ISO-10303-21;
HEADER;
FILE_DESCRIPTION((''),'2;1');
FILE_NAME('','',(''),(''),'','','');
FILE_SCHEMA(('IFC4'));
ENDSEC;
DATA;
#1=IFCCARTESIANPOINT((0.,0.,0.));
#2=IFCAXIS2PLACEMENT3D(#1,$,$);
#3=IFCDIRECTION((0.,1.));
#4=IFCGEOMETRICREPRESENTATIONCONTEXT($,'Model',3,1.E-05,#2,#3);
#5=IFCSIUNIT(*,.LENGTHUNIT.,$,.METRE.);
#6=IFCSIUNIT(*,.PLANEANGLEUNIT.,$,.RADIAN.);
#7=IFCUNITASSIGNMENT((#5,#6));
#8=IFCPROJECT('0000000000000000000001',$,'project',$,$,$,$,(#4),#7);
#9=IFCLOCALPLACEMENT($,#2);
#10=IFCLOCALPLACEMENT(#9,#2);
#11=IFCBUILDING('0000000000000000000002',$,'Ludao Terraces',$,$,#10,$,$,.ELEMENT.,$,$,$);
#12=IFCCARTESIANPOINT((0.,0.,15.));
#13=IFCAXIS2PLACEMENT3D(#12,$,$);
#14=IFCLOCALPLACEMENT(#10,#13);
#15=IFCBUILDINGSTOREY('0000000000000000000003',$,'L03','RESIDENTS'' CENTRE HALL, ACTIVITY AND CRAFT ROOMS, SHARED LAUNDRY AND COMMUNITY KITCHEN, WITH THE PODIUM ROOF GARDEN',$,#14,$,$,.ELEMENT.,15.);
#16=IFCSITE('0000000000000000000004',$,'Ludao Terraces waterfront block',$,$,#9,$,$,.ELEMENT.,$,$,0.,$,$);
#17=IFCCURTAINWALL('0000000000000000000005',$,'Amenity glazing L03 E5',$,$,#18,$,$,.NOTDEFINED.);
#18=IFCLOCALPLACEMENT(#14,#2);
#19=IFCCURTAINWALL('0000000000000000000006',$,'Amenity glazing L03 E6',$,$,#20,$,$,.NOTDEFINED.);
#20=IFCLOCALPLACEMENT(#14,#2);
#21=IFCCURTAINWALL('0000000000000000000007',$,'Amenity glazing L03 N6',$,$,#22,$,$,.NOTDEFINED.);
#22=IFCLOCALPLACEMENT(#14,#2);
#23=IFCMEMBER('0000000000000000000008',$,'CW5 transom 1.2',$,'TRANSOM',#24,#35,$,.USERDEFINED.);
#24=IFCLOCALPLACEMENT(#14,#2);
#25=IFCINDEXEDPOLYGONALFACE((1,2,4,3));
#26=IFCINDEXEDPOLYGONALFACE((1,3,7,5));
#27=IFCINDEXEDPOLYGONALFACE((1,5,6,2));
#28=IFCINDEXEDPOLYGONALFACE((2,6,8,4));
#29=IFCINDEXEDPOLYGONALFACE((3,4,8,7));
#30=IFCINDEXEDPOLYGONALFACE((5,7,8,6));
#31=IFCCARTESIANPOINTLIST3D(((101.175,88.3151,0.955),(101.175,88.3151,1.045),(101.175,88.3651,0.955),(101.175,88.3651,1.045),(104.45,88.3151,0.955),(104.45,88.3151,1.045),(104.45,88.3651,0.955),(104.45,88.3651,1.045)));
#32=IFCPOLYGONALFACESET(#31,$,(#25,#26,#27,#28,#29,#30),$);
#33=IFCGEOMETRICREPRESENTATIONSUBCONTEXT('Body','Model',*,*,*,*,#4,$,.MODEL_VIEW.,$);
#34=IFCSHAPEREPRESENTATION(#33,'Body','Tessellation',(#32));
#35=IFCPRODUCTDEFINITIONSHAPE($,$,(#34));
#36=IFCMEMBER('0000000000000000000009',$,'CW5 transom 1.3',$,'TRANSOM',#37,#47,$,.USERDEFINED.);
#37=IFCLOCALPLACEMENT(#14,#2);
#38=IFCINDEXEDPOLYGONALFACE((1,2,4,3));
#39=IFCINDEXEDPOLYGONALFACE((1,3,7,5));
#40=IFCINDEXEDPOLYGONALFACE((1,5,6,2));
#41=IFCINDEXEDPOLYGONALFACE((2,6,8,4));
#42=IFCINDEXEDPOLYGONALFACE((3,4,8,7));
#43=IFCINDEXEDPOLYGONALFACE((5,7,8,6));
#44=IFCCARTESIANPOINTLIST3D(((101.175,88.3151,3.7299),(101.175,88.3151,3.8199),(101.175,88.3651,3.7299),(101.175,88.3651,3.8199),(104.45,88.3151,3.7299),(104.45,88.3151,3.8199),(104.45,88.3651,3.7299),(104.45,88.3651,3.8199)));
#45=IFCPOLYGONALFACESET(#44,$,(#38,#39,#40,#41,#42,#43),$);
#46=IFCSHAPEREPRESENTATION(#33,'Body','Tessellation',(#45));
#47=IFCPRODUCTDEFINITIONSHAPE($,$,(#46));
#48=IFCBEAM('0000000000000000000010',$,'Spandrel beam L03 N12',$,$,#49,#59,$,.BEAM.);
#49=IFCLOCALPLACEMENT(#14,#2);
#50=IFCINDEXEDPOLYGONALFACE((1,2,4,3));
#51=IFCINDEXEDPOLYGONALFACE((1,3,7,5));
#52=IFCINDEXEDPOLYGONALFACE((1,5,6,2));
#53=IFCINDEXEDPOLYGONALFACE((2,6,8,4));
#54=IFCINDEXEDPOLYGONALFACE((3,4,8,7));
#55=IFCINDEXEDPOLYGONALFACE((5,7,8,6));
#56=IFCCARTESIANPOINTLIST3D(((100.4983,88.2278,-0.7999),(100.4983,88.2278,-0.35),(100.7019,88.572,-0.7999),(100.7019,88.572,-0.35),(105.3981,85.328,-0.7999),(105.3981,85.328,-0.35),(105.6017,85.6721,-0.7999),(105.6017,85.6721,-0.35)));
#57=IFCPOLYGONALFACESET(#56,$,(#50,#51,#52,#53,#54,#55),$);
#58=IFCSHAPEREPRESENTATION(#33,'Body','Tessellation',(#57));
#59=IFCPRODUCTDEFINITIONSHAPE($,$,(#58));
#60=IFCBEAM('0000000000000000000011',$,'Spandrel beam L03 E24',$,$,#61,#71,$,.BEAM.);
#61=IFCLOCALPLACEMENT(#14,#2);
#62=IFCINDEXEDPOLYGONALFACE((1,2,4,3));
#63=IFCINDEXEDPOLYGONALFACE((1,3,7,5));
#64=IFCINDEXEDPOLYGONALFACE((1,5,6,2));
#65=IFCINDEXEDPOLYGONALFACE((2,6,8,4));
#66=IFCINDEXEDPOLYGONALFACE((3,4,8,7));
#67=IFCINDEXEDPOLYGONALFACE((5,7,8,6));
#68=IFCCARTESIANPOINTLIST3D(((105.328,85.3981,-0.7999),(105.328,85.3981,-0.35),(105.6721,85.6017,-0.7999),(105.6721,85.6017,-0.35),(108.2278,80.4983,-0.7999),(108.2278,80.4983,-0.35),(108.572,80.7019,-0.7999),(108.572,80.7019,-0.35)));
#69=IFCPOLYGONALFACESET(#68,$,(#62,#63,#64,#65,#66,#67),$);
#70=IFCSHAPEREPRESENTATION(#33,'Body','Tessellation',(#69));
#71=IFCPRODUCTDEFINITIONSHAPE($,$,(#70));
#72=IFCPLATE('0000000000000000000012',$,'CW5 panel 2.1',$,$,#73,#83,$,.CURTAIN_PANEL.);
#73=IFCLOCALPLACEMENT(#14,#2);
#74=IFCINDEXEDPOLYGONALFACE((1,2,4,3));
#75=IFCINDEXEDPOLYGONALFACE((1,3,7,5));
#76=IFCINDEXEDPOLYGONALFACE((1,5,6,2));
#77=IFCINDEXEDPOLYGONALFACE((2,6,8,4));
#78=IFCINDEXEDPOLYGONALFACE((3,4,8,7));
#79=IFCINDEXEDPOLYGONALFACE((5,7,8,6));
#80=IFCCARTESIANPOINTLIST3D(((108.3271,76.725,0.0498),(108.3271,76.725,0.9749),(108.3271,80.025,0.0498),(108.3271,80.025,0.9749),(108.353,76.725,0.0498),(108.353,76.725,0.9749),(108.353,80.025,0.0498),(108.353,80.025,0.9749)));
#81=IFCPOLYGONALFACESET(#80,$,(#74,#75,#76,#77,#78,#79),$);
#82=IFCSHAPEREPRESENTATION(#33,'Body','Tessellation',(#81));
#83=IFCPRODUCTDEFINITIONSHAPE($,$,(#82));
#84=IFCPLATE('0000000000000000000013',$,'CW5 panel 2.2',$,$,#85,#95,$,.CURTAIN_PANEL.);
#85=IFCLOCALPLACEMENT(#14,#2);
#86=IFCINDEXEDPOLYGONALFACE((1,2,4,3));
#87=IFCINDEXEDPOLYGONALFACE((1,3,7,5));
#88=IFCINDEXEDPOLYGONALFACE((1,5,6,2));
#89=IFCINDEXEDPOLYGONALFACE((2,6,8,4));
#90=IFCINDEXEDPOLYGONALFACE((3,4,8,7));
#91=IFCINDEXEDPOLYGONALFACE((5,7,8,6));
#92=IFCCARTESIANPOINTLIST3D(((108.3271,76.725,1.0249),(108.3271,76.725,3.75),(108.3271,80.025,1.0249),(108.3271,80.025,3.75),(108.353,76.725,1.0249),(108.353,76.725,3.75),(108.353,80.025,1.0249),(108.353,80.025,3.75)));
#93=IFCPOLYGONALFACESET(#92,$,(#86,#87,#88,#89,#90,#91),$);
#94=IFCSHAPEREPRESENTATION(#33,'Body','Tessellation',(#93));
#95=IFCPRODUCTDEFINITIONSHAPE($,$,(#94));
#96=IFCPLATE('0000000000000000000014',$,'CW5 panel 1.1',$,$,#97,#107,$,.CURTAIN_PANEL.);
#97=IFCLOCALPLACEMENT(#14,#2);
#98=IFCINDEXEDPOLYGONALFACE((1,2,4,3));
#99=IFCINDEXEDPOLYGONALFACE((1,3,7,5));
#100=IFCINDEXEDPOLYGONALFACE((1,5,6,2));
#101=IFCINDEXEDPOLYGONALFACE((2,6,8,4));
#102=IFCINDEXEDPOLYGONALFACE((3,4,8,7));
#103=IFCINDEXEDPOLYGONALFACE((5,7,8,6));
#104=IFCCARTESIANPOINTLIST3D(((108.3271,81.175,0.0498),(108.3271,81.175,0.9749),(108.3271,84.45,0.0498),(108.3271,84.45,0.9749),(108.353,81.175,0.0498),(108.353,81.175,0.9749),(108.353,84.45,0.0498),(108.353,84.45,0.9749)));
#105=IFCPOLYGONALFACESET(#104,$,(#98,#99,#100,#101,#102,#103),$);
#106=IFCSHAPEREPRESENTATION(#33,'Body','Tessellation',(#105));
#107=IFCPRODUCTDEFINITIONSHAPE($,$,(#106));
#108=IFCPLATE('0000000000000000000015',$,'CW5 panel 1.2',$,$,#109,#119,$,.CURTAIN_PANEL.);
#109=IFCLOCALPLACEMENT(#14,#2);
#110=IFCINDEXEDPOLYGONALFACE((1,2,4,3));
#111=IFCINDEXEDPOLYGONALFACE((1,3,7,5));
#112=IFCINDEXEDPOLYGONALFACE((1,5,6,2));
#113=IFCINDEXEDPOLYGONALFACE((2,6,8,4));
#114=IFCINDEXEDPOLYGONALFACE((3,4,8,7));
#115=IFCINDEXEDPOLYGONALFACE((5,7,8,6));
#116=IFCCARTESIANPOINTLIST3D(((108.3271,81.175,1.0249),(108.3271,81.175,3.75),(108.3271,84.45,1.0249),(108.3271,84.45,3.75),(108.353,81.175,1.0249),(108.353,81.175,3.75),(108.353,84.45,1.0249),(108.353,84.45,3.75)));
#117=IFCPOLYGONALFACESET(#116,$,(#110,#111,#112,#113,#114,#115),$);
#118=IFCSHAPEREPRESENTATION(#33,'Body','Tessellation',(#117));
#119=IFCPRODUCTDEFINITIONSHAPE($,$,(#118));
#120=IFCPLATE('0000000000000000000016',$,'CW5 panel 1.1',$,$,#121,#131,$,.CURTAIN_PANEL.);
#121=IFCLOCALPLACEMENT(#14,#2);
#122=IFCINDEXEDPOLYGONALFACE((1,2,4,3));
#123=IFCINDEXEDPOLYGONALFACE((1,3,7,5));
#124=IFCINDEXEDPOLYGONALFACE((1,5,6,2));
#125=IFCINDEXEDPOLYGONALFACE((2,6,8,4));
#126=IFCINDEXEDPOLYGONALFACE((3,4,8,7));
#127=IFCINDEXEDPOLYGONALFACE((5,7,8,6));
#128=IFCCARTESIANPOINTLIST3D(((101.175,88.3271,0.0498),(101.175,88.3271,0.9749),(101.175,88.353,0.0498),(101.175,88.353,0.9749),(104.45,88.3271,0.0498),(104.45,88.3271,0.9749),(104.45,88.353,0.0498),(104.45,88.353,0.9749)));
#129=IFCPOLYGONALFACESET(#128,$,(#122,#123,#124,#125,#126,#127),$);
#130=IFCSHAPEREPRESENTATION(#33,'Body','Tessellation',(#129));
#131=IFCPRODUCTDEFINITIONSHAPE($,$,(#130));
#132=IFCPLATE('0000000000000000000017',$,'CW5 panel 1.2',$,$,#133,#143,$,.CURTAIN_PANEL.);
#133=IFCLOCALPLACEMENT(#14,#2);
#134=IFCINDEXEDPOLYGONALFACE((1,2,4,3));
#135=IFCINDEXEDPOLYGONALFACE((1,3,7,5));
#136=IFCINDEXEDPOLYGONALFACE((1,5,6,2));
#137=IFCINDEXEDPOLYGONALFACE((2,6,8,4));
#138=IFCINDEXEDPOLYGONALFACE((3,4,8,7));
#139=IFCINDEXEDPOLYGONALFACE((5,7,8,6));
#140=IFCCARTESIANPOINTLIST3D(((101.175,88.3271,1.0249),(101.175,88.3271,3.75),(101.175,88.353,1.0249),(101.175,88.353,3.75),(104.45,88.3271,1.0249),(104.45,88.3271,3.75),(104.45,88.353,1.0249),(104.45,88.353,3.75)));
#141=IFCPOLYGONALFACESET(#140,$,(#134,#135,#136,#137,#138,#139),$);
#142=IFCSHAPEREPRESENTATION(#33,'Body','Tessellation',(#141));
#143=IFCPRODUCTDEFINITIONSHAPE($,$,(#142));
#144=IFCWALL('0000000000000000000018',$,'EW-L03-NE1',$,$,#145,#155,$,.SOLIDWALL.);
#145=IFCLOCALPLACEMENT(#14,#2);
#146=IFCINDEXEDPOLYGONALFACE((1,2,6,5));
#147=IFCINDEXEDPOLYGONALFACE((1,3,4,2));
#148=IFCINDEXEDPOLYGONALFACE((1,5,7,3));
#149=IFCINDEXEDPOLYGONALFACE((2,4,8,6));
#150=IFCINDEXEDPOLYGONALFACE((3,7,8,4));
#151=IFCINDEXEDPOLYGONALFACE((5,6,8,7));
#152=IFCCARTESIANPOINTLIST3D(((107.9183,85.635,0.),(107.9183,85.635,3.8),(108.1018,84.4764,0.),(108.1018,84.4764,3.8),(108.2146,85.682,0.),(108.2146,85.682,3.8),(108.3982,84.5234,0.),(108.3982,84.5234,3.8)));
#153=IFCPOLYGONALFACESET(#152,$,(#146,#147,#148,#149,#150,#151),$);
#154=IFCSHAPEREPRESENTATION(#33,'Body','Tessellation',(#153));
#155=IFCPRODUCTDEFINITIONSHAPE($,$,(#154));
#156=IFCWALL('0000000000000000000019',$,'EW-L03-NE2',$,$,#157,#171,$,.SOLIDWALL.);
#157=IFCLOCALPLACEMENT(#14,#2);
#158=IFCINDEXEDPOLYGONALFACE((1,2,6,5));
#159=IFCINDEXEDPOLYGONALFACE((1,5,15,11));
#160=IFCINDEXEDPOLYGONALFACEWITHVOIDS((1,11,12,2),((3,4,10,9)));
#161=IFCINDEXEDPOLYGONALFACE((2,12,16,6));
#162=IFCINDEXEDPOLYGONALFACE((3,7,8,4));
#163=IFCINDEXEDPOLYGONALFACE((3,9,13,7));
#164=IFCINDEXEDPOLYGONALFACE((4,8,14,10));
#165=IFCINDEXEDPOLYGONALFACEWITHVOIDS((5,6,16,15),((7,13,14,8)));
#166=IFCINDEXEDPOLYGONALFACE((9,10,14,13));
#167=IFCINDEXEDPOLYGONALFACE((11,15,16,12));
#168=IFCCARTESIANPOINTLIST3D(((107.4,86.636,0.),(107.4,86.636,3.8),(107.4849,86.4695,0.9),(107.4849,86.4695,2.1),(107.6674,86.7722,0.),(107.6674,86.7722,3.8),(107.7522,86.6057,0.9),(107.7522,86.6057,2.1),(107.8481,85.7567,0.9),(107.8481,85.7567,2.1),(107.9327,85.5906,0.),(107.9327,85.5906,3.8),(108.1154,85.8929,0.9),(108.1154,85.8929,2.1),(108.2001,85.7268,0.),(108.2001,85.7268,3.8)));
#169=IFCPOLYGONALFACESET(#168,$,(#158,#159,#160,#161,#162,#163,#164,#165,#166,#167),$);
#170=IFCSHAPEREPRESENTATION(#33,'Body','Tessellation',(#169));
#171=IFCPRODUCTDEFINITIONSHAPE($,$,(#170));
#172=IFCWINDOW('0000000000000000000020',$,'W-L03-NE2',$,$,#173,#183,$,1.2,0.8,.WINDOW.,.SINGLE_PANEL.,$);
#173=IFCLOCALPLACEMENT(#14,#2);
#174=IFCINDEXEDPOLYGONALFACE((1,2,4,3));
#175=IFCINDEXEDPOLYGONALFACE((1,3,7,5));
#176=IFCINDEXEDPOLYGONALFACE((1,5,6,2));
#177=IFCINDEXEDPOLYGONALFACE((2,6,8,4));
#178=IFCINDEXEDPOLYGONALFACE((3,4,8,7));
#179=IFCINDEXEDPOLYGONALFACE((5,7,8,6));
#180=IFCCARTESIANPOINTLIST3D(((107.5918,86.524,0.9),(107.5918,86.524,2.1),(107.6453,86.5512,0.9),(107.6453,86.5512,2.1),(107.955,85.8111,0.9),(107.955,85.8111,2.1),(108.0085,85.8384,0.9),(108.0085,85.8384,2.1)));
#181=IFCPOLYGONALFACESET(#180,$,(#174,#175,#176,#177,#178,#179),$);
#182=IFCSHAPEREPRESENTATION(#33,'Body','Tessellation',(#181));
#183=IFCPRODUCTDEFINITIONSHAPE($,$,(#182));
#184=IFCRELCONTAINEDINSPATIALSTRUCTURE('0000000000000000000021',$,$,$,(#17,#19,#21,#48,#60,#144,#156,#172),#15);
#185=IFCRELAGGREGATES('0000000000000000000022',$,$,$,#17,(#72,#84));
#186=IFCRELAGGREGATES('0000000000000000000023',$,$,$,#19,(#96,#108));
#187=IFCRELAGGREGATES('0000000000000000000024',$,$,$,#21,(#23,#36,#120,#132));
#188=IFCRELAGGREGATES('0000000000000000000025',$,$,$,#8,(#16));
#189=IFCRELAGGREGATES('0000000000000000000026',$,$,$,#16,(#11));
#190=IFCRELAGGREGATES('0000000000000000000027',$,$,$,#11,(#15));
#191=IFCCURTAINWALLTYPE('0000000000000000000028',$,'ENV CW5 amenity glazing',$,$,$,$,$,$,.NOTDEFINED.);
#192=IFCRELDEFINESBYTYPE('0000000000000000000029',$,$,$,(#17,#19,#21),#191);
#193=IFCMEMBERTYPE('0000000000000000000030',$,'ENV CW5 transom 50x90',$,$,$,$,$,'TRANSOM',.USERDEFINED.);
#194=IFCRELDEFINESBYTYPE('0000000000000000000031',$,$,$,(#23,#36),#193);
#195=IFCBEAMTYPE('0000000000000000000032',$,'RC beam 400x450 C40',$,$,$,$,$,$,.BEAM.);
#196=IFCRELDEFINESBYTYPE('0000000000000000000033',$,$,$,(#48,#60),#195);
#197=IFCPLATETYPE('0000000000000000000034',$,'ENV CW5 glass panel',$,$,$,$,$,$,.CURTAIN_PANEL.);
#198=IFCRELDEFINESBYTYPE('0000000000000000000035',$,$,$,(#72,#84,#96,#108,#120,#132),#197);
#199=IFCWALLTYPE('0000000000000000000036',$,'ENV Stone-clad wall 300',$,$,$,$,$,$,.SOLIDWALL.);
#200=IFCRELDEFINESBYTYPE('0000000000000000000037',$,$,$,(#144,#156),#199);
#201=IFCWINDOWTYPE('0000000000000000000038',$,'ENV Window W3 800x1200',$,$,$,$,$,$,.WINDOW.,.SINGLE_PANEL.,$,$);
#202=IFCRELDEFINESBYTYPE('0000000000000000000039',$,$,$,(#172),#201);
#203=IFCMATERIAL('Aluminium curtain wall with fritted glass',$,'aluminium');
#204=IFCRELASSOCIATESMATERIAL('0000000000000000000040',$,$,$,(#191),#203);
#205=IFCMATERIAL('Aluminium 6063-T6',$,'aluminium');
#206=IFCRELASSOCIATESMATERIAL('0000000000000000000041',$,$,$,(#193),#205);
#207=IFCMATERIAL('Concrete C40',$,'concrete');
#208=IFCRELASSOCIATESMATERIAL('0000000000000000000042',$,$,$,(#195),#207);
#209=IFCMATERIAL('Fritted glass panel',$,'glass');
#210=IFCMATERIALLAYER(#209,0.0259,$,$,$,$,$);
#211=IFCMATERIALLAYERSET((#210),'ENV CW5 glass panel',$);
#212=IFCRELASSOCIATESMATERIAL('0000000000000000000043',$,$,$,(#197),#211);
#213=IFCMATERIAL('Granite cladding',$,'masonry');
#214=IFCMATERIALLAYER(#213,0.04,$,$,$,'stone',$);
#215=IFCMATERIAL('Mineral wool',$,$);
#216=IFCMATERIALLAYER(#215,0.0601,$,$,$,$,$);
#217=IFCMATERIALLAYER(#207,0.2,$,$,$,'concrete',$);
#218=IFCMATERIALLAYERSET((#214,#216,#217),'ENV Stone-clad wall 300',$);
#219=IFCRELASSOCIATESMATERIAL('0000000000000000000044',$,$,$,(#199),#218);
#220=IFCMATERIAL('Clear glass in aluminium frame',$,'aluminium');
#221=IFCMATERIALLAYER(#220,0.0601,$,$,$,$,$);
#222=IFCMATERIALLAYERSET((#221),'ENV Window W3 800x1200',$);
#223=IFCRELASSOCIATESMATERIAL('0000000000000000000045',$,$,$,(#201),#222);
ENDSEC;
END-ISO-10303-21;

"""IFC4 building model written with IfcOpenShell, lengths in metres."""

from ifc_helpers import new_model, si_unit, direction, frame, frame_2d, origin, origin_2d, place, context, subcontext, project, spatial, rectangle, extrude, material, layer, layer_set, material_profile, profile_set, type_object, element, fill, aggregate, save


model = new_model("IFC4")

# Units and contexts
model_context = context("Model", 3, precision=1e-05, world=origin(), true_north=direction((0.0, 1.0)))
body_context = subcontext(model_context, "Body", "Model", "MODEL_VIEW")
ifc_project = project(units=[si_unit("LENGTHUNIT", "METRE"), si_unit("PLANEANGLEUNIT", "RADIAN")], contexts=[model_context])

# Site, building, storey
site_placement = place(None, origin())
site = spatial("IfcSite", under=ifc_project, at=site_placement, Name="Ludao Terraces waterfront block", CompositionType="ELEMENT", RefElevation=0.0)
building_placement = place(site_placement, origin())
building = spatial("IfcBuilding", under=site, at=building_placement, Name="Ludao Terraces", CompositionType="ELEMENT")
storey_placement = place(building_placement, frame((0.0, 0.0, 15.0)))
storey = spatial("IfcBuildingStorey", under=building, at=storey_placement, Name="L03", Description="RESIDENTS' CENTRE HALL, ACTIVITY AND CRAFT ROOMS, SHARED LAUNDRY AND COMMUNITY KITCHEN, WITH THE PODIUM ROOF GARDEN", CompositionType="ELEMENT", Elevation=15.0)

# Curtain wall
ifc_material_1 = material(Name="Aluminium curtain wall with fritted glass", Category="aluminium")
curtain_wall_type = type_object("IfcCurtainWallType", Name="ENV CW5 amenity glazing", PredefinedType="NOTDEFINED", material=ifc_material_1)
curtain_wall_1_placement = place(storey_placement, origin())
curtain_wall_1 = element("IfcCurtainWall", 1, at=curtain_wall_1_placement, inside=storey, type_object=curtain_wall_type, Name="Amenity glazing L03 E5", PredefinedType="NOTDEFINED")
ifc_material_2 = material(Name="Aluminium 6063-T6", Category="aluminium")

# Curtain walls
curtain_wall_2_placement = place(storey_placement, origin())
curtain_wall_2 = element("IfcCurtainWall", 2, at=curtain_wall_2_placement, inside=storey, type_object=curtain_wall_type, Name="Amenity glazing L03 E6", PredefinedType="NOTDEFINED")
curtain_wall_3_placement = place(storey_placement, origin())
curtain_wall_3 = element("IfcCurtainWall", 3, at=curtain_wall_3_placement, inside=storey, type_object=curtain_wall_type, Name="Amenity glazing L03 N6", PredefinedType="NOTDEFINED")

# Members
ifc_material_profile_1 = material_profile(ifc_material_2, rectangle(XDim=0.05, YDim=0.0901, at=origin_2d()), Name="50 X 90")
ifc_profile_set_1 = profile_set([ifc_material_profile_1], Name="Aluminium 6063-T6")
member_type_1 = type_object("IfcMemberType", Name="ENV CW5 transom 50x90", ElementType="TRANSOM", PredefinedType="USERDEFINED", material=ifc_profile_set_1)
member_1_placement = place(storey_placement, frame((101.175, 88.3401, 1.0), z_axis=(1.0, 0.0, 0.0), x_axis=(0.0, 1.0, 0.0)))
member_1 = element("IfcMember", 4, at=member_1_placement, type_object=member_type_1, Name="CW5 transom 1.2", ObjectType="TRANSOM", PredefinedType="USERDEFINED", context=body_context, shape_type="SweptSolid", body=[
    extrude(rectangle(XDim=0.05, YDim=0.0901, at=origin_2d()), origin(), (0.0, 0.0, 1.0), 3.2749),
])
member_2_placement = place(storey_placement, frame((101.175, 88.3401, 3.7749), z_axis=(1.0, 0.0, 0.0), x_axis=(0.0, 1.0, 0.0)))
member_2 = element("IfcMember", 5, at=member_2_placement, type_object=member_type_1, Name="CW5 transom 1.3", ObjectType="TRANSOM", PredefinedType="USERDEFINED", context=body_context, shape_type="SweptSolid", body=[
    extrude(rectangle(XDim=0.05, YDim=0.0901, at=origin_2d()), origin(), (0.0, 0.0, 1.0), 3.2749),
])

# Beams
ifc_material_3 = material(Name="Concrete C40", Category="concrete")
ifc_material_profile_2 = material_profile(ifc_material_3, rectangle(XDim=0.3999, YDim=0.45, at=origin_2d()), Name="400 X 450")
ifc_profile_set_2 = profile_set([ifc_material_profile_2], Name="Concrete C40")
beam_type = type_object("IfcBeamType", Name="RC beam 400x450 C40", PredefinedType="BEAM", material=ifc_profile_set_2)
for number, where, z_axis, x_axis, name in (
    (6, (100.6001, 88.3999, -0.575), (0.86058, -0.509316, 0.0), (0.509316, 0.86058, 0.0), "Spandrel beam L03 N12"),
    (7, (108.3999, 80.6001, -0.575), (-0.509316, 0.86058, 0.0), (-0.86058, -0.509316, 0.0), "Spandrel beam L03 E24"),
):
    element("IfcBeam", number, at=place(storey_placement, frame(where, z_axis=z_axis, x_axis=x_axis)), inside=storey, type_object=beam_type, Name=name, PredefinedType="BEAM", context=body_context, shape_type="SweptSolid", body=[
        extrude(rectangle(XDim=0.3999, YDim=0.45, at=origin_2d()), origin(), (0.0, 0.0, 1.0), 5.6936),
    ])

# Plates
ifc_material_4 = material(Name="Fritted glass panel", Category="glass")
ifc_layer_1 = layer(ifc_material_4, 0.0259)
ifc_layer_set_1 = layer_set([ifc_layer_1], Name="ENV CW5 glass panel")
plate_type = type_object("IfcPlateType", Name="ENV CW5 glass panel", PredefinedType="CURTAIN_PANEL", material=ifc_layer_set_1)
plate_1_placement = place(storey_placement, frame((108.3401, 78.375, 0.0498), z_axis=(0.0, 0.0, 1.0), x_axis=(0.0, 1.0, 0.0)))
plate_1 = element("IfcPlate", 8, at=plate_1_placement, type_object=plate_type, Name="CW5 panel 2.1", PredefinedType="CURTAIN_PANEL", context=body_context, shape_type="SweptSolid", body=[
    extrude(rectangle(XDim=3.3, YDim=0.0259, at=origin_2d()), origin(), (0.0, 0.0, 1.0), 0.925),
])
plate_2_placement = place(storey_placement, frame((108.3401, 78.375, 1.0249), z_axis=(0.0, 0.0, 1.0), x_axis=(0.0, 1.0, 0.0)))
plate_2 = element("IfcPlate", 9, at=plate_2_placement, type_object=plate_type, Name="CW5 panel 2.2", PredefinedType="CURTAIN_PANEL", context=body_context, shape_type="SweptSolid", body=[
    extrude(rectangle(XDim=3.3, YDim=0.0259, at=origin_2d()), origin(), (0.0, 0.0, 1.0), 2.7251),
])
aggregate(curtain_wall_1, [plate_1, plate_2])
plate_3_placement = place(storey_placement, frame((108.3401, 82.8125, 0.0498), z_axis=(0.0, 0.0, 1.0), x_axis=(0.0, 1.0, 0.0)))
plate_3 = element("IfcPlate", 10, at=plate_3_placement, type_object=plate_type, Name="CW5 panel 1.1", PredefinedType="CURTAIN_PANEL", context=body_context, shape_type="SweptSolid", body=[
    extrude(rectangle(XDim=3.2749, YDim=0.0259, at=origin_2d()), origin(), (0.0, 0.0, 1.0), 0.925),
])
plate_4_placement = place(storey_placement, frame((108.3401, 82.8125, 1.0249), z_axis=(0.0, 0.0, 1.0), x_axis=(0.0, 1.0, 0.0)))
plate_4 = element("IfcPlate", 11, at=plate_4_placement, type_object=plate_type, Name="CW5 panel 1.2", PredefinedType="CURTAIN_PANEL", context=body_context, shape_type="SweptSolid", body=[
    extrude(rectangle(XDim=3.2749, YDim=0.0259, at=origin_2d()), origin(), (0.0, 0.0, 1.0), 2.7251),
])
aggregate(curtain_wall_2, [plate_3, plate_4])
plate_5_placement = place(storey_placement, frame((102.8125, 88.3401, 0.0498), z_axis=(0.0, 0.0, 1.0), x_axis=(1.0, 0.0, 0.0)))
plate_5 = element("IfcPlate", 12, at=plate_5_placement, type_object=plate_type, Name="CW5 panel 1.1", PredefinedType="CURTAIN_PANEL", context=body_context, shape_type="SweptSolid", body=[
    extrude(rectangle(XDim=3.2749, YDim=0.0259, at=origin_2d()), origin(), (0.0, 0.0, 1.0), 0.925),
])
plate_6_placement = place(storey_placement, frame((102.8125, 88.3401, 1.0249), z_axis=(0.0, 0.0, 1.0), x_axis=(1.0, 0.0, 0.0)))
plate_6 = element("IfcPlate", 13, at=plate_6_placement, type_object=plate_type, Name="CW5 panel 1.2", PredefinedType="CURTAIN_PANEL", context=body_context, shape_type="SweptSolid", body=[
    extrude(rectangle(XDim=3.2749, YDim=0.0259, at=origin_2d()), origin(), (0.0, 0.0, 1.0), 2.7251),
])
aggregate(curtain_wall_3, [member_1, member_2, plate_5, plate_6])

# Wall
ifc_material_5 = material(Name="Granite cladding", Category="masonry")
ifc_layer_2 = layer(ifc_material_5, 0.04, Category="stone")
ifc_material_6 = material(Name="Mineral wool")
ifc_layer_3 = layer(ifc_material_6, 0.0601)
ifc_layer_4 = layer(ifc_material_3, 0.2, Category="concrete")
ifc_layer_set_2 = layer_set([ifc_layer_2, ifc_layer_3, ifc_layer_4], Name="ENV Stone-clad wall 300")
wall_type_1 = type_object("IfcWallType", Name="ENV Stone-clad wall 300", PredefinedType="SOLIDWALL", material=ifc_layer_set_2)
wall_1_placement = place(storey_placement, frame((108.25, 84.5, 0.0), z_axis=(0.0, 0.0, 1.0), x_axis=(-0.156497, 0.987678, 0.0)))
element("IfcWall", 14, at=wall_1_placement, inside=storey, type_object=wall_type_1, Name="EW-L03-NE1", PredefinedType="SOLIDWALL", context=body_context, shape_type="SweptSolid", body=[
    extrude(rectangle(XDim=1.1731, YDim=0.3, at=frame_2d((0.5864, 0.0))), origin(), (0.0, 0.0, 1.0), 3.8),
])

# Wall, opening, window
wall_2_placement = place(storey_placement, frame((108.0664, 85.6587, 0.0), z_axis=(0.0, 0.0, 1.0), x_axis=(-0.454026, 0.890989, 0.0)))
wall_2 = element("IfcWall", 15, at=wall_2_placement, inside=storey, type_object=wall_type_1, Name="EW-L03-NE2", PredefinedType="SOLIDWALL", context=body_context, shape_type="SweptSolid", body=[
    extrude(rectangle(XDim=1.1733, YDim=0.3, at=frame_2d((0.5867, 0.0))), origin(), (0.0, 0.0, 1.0), 3.8),
])
opening_1_placement = place(wall_2_placement, frame((0.1865, 0.0, 0.8999)))
opening_1 = element("IfcOpeningElement", 16, at=opening_1_placement, cuts=wall_2, PredefinedType="OPENING", context=body_context, shape_type="SweptSolid", body=[
    extrude(rectangle(XDim=0.8, YDim=1.2, at=frame_2d((0.3999, 0.6001))), frame((0.0, 0.1602, 0.0), z_axis=(0.0, -1.0, 0.0), x_axis=(1.0, 0.0, 0.0)), (0.0, 0.0, 1.0), 0.3201),
])
ifc_material_7 = material(Name="Clear glass in aluminium frame", Category="aluminium")
ifc_layer_5 = layer(ifc_material_7, 0.0601)
ifc_layer_set_3 = layer_set([ifc_layer_5], Name="ENV Window W3 800x1200")
window_type = type_object("IfcWindowType", Name="ENV Window W3 800x1200", PartitioningType="SINGLE_PANEL", PredefinedType="WINDOW", material=ifc_layer_set_3)
window_1_placement = place(opening_1_placement, origin())
window_1 = element("IfcWindow", 17, at=window_1_placement, inside=storey, type_object=window_type, Name="W-L03-NE2", OverallHeight=1.2, OverallWidth=0.8, PartitioningType="SINGLE_PANEL", PredefinedType="WINDOW", context=body_context, shape_type="SweptSolid", body=[
    extrude(rectangle(XDim=0.8, YDim=1.2, at=frame_2d((0.3999, 0.6001))), frame((0.0, 0.03, 0.0), z_axis=(0.0, -1.0, 0.0), x_axis=(1.0, 0.0, 0.0)), (0.0, 0.0, 1.0), 0.0601),
])
fill(opening_1, window_1)

save(model, "model.ifc")
